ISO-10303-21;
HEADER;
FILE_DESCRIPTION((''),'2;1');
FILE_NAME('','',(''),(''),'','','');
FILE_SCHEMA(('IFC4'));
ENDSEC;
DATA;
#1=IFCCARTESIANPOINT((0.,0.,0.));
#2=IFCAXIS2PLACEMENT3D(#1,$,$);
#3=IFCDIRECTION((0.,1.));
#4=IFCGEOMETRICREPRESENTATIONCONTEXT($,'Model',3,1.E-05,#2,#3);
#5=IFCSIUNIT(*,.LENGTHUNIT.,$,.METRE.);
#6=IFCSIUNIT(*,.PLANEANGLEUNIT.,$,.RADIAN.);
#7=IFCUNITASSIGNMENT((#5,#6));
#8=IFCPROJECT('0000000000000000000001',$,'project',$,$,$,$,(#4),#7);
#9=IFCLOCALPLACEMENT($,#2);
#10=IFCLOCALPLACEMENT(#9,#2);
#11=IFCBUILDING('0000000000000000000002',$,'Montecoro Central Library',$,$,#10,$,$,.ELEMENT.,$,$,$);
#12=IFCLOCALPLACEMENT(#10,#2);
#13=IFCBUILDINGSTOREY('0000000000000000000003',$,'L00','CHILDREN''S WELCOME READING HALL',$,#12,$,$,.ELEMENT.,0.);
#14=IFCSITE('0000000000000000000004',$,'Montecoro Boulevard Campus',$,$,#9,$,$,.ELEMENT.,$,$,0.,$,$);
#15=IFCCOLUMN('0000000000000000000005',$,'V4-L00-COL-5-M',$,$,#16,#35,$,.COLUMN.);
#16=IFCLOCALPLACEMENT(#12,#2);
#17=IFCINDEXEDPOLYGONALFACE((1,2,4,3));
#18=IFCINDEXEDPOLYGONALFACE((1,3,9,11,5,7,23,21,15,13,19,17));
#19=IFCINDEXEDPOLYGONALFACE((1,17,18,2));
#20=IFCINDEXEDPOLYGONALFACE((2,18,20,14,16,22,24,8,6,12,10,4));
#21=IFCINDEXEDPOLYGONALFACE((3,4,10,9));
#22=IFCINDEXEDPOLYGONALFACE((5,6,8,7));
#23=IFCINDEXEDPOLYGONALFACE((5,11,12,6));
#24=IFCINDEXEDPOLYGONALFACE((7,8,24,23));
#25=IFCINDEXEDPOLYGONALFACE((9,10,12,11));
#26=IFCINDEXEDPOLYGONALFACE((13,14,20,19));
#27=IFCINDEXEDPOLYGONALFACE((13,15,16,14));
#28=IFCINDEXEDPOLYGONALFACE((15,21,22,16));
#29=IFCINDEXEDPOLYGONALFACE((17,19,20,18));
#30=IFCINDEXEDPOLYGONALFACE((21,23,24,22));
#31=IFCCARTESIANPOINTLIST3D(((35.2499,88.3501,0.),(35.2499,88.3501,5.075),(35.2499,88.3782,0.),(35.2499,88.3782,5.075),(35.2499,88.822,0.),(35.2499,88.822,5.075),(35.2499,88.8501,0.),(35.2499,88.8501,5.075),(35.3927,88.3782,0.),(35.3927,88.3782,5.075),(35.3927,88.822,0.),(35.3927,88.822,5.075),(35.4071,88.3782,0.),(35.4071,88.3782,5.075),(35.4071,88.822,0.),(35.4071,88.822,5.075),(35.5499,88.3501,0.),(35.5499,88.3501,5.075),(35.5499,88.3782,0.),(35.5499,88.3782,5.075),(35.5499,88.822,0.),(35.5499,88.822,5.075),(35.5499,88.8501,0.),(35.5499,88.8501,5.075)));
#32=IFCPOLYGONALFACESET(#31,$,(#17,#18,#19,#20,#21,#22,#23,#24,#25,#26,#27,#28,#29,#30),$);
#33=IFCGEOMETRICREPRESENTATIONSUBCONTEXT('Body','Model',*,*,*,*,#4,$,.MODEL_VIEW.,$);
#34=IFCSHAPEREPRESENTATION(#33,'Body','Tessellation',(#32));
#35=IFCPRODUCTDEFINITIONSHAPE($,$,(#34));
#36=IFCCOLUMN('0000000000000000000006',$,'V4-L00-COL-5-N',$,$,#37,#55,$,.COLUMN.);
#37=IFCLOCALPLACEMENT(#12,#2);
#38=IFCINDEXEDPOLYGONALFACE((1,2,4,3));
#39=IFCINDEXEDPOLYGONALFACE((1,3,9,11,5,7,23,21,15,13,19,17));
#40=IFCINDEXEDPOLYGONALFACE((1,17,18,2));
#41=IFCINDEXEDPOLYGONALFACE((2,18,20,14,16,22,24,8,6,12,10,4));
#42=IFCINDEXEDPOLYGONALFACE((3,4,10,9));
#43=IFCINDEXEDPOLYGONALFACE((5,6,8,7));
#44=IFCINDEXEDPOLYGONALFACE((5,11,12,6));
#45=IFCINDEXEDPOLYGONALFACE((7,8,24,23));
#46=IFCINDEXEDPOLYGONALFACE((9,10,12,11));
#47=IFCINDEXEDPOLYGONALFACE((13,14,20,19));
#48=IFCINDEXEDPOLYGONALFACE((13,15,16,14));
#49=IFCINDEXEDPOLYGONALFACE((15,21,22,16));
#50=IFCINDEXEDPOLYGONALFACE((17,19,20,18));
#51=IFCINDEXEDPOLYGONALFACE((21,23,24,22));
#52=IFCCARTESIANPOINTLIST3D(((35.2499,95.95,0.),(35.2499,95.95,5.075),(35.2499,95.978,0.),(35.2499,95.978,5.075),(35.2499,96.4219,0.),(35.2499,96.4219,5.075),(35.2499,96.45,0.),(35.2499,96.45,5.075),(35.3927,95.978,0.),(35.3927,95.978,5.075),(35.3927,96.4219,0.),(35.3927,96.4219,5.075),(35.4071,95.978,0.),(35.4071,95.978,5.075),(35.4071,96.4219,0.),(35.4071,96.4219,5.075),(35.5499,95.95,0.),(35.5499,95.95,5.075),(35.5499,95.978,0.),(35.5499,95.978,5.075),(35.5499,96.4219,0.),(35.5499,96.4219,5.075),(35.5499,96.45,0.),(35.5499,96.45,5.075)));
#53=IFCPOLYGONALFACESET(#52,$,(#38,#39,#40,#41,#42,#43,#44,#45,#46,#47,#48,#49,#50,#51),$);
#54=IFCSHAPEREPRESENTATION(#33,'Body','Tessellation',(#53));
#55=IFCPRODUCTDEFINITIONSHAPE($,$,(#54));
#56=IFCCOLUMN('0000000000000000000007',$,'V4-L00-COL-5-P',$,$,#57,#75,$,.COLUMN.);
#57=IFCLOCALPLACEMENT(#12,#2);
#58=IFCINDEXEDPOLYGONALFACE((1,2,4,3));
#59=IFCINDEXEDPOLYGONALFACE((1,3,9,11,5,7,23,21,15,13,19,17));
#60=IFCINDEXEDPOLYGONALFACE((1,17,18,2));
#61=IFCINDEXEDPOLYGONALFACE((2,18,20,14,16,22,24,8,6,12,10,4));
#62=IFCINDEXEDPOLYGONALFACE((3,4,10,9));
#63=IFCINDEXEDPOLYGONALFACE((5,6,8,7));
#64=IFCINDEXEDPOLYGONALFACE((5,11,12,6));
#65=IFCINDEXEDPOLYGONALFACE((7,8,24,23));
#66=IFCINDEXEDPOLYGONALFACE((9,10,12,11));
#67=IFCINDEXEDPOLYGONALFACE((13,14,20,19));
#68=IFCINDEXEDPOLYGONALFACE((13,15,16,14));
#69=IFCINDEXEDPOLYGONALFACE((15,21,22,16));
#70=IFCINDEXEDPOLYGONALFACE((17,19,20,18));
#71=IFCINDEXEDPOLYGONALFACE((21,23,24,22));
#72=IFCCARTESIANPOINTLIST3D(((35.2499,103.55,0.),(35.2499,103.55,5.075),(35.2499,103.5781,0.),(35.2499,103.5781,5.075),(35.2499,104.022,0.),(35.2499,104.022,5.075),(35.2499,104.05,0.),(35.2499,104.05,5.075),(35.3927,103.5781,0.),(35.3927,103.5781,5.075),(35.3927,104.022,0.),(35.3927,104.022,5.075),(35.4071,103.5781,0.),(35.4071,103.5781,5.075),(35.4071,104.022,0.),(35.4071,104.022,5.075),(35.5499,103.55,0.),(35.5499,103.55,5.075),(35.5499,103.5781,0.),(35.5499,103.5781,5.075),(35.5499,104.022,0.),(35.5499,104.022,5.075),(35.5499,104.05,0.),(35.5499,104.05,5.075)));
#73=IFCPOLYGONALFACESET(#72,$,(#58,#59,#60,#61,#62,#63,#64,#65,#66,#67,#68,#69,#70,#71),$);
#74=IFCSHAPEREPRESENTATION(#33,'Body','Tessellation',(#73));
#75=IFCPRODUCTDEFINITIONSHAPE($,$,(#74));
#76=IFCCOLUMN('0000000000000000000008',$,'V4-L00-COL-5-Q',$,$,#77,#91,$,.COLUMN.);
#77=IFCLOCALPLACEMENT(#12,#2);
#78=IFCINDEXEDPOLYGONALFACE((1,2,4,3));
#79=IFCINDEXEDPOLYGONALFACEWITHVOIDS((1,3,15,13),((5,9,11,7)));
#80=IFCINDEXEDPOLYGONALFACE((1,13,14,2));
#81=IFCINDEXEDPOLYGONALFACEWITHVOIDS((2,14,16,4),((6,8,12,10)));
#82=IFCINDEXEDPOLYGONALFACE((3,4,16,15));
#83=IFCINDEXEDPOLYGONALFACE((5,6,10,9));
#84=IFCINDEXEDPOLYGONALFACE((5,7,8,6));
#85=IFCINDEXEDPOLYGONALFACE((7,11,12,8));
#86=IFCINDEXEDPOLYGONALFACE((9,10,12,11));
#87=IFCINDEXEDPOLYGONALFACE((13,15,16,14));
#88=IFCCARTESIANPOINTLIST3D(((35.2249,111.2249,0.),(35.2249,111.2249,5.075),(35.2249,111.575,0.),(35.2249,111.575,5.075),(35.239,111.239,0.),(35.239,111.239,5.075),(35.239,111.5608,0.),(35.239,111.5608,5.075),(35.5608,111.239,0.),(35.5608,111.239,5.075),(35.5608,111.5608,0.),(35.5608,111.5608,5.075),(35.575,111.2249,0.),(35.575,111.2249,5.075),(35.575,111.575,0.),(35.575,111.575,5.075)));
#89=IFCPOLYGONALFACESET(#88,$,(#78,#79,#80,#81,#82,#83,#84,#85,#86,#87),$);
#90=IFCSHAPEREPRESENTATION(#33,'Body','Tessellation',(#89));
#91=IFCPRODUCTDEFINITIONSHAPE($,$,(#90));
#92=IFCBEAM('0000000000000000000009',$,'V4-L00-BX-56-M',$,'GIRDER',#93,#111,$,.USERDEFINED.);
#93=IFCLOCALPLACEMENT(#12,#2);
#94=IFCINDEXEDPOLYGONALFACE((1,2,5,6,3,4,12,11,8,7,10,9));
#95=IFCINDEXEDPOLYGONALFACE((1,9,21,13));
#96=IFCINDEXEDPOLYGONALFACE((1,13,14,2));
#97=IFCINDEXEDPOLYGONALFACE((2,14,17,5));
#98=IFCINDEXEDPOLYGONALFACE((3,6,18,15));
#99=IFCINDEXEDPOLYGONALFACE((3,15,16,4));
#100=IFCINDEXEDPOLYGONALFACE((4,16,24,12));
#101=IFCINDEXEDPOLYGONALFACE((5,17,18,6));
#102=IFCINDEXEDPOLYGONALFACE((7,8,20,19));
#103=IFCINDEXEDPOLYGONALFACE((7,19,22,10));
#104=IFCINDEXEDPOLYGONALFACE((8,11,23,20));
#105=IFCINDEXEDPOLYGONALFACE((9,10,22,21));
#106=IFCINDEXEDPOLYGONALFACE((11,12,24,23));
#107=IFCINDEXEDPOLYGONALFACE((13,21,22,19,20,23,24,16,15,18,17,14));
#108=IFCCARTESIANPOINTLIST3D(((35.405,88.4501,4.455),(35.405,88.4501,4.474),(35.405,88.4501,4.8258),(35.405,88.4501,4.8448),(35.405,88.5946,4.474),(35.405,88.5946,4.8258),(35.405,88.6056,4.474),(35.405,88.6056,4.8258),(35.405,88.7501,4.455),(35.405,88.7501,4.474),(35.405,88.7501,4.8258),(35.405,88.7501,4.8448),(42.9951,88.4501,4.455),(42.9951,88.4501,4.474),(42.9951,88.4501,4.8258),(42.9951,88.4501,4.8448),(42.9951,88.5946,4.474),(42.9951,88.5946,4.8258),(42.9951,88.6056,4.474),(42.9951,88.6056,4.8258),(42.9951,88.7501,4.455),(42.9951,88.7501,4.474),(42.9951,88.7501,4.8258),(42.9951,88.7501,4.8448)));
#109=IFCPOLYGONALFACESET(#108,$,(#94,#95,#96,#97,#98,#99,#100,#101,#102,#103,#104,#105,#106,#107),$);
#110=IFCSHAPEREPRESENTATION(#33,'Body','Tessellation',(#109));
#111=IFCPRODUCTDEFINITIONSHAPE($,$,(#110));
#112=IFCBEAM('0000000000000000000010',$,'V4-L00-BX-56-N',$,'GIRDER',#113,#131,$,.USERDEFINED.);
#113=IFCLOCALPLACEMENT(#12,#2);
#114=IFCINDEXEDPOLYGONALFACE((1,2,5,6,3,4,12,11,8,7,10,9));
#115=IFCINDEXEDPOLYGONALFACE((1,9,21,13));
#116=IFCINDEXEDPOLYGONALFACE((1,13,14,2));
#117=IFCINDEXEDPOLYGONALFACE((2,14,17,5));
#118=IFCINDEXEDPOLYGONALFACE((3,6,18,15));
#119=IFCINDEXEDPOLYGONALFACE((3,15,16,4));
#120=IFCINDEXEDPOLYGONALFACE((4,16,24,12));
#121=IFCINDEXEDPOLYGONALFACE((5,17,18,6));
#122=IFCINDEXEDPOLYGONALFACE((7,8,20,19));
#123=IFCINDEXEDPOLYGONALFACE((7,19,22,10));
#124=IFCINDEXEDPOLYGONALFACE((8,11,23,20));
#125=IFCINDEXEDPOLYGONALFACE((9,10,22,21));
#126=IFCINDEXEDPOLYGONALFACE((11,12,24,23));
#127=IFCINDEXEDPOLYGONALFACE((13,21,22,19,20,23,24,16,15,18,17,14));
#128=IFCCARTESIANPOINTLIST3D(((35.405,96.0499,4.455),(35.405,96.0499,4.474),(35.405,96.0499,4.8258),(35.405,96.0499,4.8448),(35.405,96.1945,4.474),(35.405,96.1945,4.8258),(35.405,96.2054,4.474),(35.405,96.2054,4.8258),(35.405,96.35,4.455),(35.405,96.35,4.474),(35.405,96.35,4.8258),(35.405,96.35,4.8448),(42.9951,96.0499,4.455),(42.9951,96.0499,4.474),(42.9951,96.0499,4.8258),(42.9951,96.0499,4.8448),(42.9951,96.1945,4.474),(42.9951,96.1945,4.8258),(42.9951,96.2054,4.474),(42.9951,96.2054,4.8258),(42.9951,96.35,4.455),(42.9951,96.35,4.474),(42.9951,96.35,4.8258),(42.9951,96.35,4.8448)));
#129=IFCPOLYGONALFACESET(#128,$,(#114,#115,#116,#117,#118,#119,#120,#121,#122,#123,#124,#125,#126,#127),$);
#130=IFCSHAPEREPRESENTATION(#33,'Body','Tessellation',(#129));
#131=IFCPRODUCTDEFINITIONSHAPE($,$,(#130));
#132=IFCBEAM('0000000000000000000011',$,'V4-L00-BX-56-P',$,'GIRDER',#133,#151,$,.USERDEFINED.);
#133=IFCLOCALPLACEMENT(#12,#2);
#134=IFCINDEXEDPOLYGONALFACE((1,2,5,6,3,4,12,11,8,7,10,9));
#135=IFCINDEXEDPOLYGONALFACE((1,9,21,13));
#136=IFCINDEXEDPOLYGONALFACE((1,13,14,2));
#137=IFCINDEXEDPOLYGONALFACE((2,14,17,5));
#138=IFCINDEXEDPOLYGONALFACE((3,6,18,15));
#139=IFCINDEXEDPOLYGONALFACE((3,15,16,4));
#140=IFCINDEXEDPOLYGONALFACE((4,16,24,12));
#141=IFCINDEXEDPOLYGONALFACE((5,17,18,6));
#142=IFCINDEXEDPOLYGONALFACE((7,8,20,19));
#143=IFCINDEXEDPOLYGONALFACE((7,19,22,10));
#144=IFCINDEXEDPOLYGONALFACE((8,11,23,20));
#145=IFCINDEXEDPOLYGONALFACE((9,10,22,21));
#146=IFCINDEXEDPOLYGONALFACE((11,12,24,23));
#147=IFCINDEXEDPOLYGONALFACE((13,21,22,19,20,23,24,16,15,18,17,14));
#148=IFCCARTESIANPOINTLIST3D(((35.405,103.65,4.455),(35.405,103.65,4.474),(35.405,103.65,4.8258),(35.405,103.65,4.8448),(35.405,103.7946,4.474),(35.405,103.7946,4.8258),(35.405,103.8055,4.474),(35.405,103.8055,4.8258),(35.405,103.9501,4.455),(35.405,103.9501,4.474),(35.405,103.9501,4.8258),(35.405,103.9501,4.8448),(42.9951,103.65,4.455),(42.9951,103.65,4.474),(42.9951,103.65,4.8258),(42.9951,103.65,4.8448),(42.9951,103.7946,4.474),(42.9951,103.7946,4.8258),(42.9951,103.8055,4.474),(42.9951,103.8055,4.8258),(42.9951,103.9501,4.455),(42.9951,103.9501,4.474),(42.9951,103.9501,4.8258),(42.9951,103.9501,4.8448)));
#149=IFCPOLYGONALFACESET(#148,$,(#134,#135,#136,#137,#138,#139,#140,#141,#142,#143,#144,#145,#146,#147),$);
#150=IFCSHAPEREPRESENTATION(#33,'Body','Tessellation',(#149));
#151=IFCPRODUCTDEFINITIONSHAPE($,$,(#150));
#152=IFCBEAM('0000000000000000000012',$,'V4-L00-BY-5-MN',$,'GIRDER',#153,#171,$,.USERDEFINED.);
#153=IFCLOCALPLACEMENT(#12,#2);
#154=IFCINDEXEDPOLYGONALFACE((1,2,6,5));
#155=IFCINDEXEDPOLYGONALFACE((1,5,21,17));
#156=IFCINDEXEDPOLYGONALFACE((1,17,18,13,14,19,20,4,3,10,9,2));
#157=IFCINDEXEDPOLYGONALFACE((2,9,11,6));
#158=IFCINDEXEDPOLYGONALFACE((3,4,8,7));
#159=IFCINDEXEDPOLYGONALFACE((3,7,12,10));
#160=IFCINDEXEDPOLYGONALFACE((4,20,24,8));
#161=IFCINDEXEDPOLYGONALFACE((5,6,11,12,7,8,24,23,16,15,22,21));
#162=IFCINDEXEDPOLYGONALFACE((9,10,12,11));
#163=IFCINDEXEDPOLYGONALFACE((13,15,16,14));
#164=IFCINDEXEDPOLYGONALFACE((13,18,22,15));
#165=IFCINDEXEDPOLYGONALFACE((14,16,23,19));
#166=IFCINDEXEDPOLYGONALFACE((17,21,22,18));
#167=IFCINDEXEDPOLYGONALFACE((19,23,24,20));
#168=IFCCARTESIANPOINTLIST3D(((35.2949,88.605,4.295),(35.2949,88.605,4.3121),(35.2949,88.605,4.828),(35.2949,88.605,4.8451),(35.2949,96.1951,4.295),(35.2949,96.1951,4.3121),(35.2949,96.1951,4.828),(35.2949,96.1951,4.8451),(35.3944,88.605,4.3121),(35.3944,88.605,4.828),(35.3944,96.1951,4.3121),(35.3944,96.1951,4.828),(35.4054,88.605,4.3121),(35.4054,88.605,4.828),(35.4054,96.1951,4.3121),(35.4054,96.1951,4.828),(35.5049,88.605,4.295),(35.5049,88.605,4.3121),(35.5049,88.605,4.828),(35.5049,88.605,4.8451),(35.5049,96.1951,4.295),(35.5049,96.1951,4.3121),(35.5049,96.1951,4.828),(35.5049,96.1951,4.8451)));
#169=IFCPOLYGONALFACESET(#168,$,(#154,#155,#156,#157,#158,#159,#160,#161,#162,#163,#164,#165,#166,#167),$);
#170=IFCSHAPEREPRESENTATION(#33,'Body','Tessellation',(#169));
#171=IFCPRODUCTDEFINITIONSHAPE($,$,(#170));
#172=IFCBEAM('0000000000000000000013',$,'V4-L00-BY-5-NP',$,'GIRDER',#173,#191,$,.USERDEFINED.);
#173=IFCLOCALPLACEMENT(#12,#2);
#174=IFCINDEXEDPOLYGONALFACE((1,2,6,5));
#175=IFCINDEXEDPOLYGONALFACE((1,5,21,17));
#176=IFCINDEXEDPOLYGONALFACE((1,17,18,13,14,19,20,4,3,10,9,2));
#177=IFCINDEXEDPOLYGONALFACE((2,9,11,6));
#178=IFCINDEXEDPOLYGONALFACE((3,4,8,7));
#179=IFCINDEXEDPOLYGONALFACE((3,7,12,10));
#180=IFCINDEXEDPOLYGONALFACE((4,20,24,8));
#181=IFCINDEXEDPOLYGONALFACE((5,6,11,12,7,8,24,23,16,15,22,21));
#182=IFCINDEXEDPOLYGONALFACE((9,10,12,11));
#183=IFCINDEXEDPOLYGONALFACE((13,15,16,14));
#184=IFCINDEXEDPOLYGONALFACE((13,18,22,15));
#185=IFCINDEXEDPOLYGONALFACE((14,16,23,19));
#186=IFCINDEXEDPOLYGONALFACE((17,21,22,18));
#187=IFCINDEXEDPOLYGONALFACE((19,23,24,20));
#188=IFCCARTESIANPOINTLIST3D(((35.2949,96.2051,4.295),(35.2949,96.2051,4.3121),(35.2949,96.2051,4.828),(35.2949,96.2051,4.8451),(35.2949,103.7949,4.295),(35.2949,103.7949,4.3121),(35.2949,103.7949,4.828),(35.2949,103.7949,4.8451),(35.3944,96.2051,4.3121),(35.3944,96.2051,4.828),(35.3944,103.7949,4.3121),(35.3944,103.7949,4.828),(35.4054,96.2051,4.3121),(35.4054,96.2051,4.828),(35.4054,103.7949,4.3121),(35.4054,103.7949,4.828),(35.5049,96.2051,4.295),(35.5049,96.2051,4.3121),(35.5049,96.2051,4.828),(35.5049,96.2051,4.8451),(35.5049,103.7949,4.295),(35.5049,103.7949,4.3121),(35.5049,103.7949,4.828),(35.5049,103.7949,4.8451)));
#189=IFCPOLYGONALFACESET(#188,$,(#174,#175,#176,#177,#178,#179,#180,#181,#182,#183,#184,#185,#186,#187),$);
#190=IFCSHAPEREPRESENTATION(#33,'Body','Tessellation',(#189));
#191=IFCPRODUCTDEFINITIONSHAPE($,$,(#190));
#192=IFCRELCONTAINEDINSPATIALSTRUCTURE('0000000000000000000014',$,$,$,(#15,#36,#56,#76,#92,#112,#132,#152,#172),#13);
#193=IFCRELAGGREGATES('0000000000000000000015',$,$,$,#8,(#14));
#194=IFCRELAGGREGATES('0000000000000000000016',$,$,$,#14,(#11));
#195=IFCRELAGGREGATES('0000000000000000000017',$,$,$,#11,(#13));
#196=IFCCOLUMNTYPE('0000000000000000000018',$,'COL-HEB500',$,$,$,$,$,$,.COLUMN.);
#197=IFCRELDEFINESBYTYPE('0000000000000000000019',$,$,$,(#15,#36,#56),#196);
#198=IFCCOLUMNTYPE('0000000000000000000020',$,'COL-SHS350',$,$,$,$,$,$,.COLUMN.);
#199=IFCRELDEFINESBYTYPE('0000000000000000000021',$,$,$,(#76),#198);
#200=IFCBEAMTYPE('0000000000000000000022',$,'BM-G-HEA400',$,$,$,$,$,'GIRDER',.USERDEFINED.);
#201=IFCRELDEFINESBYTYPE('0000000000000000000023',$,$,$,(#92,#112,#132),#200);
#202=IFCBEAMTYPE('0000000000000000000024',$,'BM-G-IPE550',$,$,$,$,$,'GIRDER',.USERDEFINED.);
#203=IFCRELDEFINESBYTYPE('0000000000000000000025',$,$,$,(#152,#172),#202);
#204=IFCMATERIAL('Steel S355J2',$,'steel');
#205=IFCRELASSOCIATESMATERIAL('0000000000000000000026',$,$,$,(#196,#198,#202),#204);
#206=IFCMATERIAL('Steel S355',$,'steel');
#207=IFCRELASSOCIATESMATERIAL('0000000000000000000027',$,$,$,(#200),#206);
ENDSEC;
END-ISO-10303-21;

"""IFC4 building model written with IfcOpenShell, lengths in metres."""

from ifc_helpers import new_model, si_unit, direction, frame, origin, origin_2d, place, context, subcontext, project, spatial, hollow_rectangle, i_section, extrude, material, material_profile, profile_set, type_object, element, save


model = new_model("IFC4")

# Units and contexts
model_context = context("Model", 3, precision=1e-05, world=origin(), true_north=direction((0.0, 1.0)))
body_context = subcontext(model_context, "Body", "Model", "MODEL_VIEW")
ifc_project = project(units=[si_unit("LENGTHUNIT", "METRE"), si_unit("PLANEANGLEUNIT", "RADIAN")], contexts=[model_context])

# Site, building, storey
site_placement = place(None, origin())
site = spatial("IfcSite", under=ifc_project, at=site_placement, Name="Montecoro Boulevard Campus", CompositionType="ELEMENT", RefElevation=0.0)
building_placement = place(site_placement, origin())
building = spatial("IfcBuilding", under=site, at=building_placement, Name="Montecoro Central Library", CompositionType="ELEMENT")
storey_placement = place(building_placement, origin())
storey = spatial("IfcBuildingStorey", under=building, at=storey_placement, Name="L00", Description="CHILDREN'S WELCOME READING HALL", CompositionType="ELEMENT", Elevation=0.0)

# Columns
ifc_material_1 = material(Name="Steel S355J2", Category="steel")
ifc_material_profile_1 = material_profile(ifc_material_1, i_section(OverallWidth=0.3, OverallDepth=0.5, WebThickness=0.0144, FlangeThickness=0.0281, at=origin_2d()), Name="HEB 500")
ifc_profile_set_1 = profile_set([ifc_material_profile_1], Name="Steel S355J2")
column_type_1 = type_object("IfcColumnType", Name="COL-HEB500", PredefinedType="COLUMN", material=ifc_profile_set_1)
for number, where, z_axis, x_axis, name in (
    (1, (35.3999, 88.6001, 0.0), (0.0, 0.0, 1.0), (1.0, 0.0, 0.0), "V4-L00-COL-5-M"),
    (2, (35.3999, 96.2, 0.0), (0.0, 0.0, 1.0), (1.0, 0.0, 0.0), "V4-L00-COL-5-N"),
    (3, (35.3999, 103.8, 0.0), (0.0, 0.0, 1.0), (1.0, 0.0, 0.0), "V4-L00-COL-5-P"),
):
    element("IfcColumn", number, at=place(storey_placement, frame(where, z_axis=z_axis, x_axis=x_axis)), inside=storey, type_object=column_type_1, Name=name, PredefinedType="COLUMN", context=body_context, shape_type="SweptSolid", body=[
        extrude(i_section(OverallWidth=0.3, OverallDepth=0.5, WebThickness=0.0144, FlangeThickness=0.0281, at=origin_2d()), origin(), (0.0, 0.0, 1.0), 5.075),
    ])
ifc_material_profile_2 = material_profile(ifc_material_1, hollow_rectangle(XDim=0.3501, YDim=0.3501, WallThickness=0.0142, at=origin_2d()), Name="SHS 350x350x14.2")
ifc_profile_set_2 = profile_set([ifc_material_profile_2], Name="Steel S355J2")
column_type_2 = type_object("IfcColumnType", Name="COL-SHS350", PredefinedType="COLUMN", material=ifc_profile_set_2)
column_placement = place(storey_placement, frame((35.3999, 111.3999, 0.0), z_axis=(0.0, 0.0, 1.0), x_axis=(1.0, 0.0, 0.0)))
element("IfcColumn", 4, at=column_placement, inside=storey, type_object=column_type_2, Name="V4-L00-COL-5-Q", PredefinedType="COLUMN", context=body_context, shape_type="SweptSolid", body=[
    extrude(hollow_rectangle(XDim=0.3501, YDim=0.3501, WallThickness=0.0142, at=origin_2d()), origin(), (0.0, 0.0, 1.0), 5.075),
])

# Beams
ifc_material_2 = material(Name="Steel S355", Category="steel")
ifc_material_profile_3 = material_profile(ifc_material_2, i_section(OverallWidth=0.3, OverallDepth=0.3899, WebThickness=0.011, FlangeThickness=0.019, at=origin_2d()), Name="HEA 400")
ifc_profile_set_3 = profile_set([ifc_material_profile_3], Name="Steel S355")
beam_type_1 = type_object("IfcBeamType", Name="BM-G-HEA400", ElementType="GIRDER", PredefinedType="USERDEFINED", material=ifc_profile_set_3)
for number, where, z_axis, x_axis, name in (
    (5, (35.405, 88.6001, 4.6499), (1.0, 0.0, 0.0), (0.0, 1.0, 0.0), "V4-L00-BX-56-M"),
    (6, (35.405, 96.2, 4.6499), (1.0, 0.0, 0.0), (0.0, 1.0, 0.0), "V4-L00-BX-56-N"),
    (7, (35.405, 103.8, 4.6499), (1.0, 0.0, 0.0), (0.0, 1.0, 0.0), "V4-L00-BX-56-P"),
):
    element("IfcBeam", number, at=place(storey_placement, frame(where, z_axis=z_axis, x_axis=x_axis)), inside=storey, type_object=beam_type_1, Name=name, ObjectType="GIRDER", PredefinedType="USERDEFINED", context=body_context, shape_type="SweptSolid", body=[
        extrude(i_section(OverallWidth=0.3, OverallDepth=0.3899, WebThickness=0.011, FlangeThickness=0.019, at=origin_2d()), origin(), (0.0, 0.0, 1.0), 7.5901),
    ])
ifc_material_profile_4 = material_profile(ifc_material_1, i_section(OverallWidth=0.21, OverallDepth=0.55, WebThickness=0.011, FlangeThickness=0.0171, at=origin_2d()), Name="IPE 550")
ifc_profile_set_4 = profile_set([ifc_material_profile_4], Name="Steel S355J2")
beam_type_2 = type_object("IfcBeamType", Name="BM-G-IPE550", ElementType="GIRDER", PredefinedType="USERDEFINED", material=ifc_profile_set_4)
beam_1_placement = place(storey_placement, frame((35.3999, 88.605, 4.5701), z_axis=(0.0, 1.0, 0.0), x_axis=(-1.0, 0.0, 0.0)))
element("IfcBeam", 8, at=beam_1_placement, inside=storey, type_object=beam_type_2, Name="V4-L00-BY-5-MN", ObjectType="GIRDER", PredefinedType="USERDEFINED", context=body_context, shape_type="SweptSolid", body=[
    extrude(i_section(OverallWidth=0.21, OverallDepth=0.55, WebThickness=0.011, FlangeThickness=0.0171, at=origin_2d()), origin(), (0.0, 0.0, 1.0), 7.5901),
])
beam_2_placement = place(storey_placement, frame((35.3999, 96.2051, 4.5701), z_axis=(0.0, 1.0, 0.0), x_axis=(-1.0, 0.0, 0.0)))
element("IfcBeam", 9, at=beam_2_placement, inside=storey, type_object=beam_type_2, Name="V4-L00-BY-5-NP", ObjectType="GIRDER", PredefinedType="USERDEFINED", context=body_context, shape_type="SweptSolid", body=[
    extrude(i_section(OverallWidth=0.21, OverallDepth=0.55, WebThickness=0.011, FlangeThickness=0.0171, at=origin_2d()), origin(), (0.0, 0.0, 1.0), 7.5898),
])

save(model, "model.ifc")
